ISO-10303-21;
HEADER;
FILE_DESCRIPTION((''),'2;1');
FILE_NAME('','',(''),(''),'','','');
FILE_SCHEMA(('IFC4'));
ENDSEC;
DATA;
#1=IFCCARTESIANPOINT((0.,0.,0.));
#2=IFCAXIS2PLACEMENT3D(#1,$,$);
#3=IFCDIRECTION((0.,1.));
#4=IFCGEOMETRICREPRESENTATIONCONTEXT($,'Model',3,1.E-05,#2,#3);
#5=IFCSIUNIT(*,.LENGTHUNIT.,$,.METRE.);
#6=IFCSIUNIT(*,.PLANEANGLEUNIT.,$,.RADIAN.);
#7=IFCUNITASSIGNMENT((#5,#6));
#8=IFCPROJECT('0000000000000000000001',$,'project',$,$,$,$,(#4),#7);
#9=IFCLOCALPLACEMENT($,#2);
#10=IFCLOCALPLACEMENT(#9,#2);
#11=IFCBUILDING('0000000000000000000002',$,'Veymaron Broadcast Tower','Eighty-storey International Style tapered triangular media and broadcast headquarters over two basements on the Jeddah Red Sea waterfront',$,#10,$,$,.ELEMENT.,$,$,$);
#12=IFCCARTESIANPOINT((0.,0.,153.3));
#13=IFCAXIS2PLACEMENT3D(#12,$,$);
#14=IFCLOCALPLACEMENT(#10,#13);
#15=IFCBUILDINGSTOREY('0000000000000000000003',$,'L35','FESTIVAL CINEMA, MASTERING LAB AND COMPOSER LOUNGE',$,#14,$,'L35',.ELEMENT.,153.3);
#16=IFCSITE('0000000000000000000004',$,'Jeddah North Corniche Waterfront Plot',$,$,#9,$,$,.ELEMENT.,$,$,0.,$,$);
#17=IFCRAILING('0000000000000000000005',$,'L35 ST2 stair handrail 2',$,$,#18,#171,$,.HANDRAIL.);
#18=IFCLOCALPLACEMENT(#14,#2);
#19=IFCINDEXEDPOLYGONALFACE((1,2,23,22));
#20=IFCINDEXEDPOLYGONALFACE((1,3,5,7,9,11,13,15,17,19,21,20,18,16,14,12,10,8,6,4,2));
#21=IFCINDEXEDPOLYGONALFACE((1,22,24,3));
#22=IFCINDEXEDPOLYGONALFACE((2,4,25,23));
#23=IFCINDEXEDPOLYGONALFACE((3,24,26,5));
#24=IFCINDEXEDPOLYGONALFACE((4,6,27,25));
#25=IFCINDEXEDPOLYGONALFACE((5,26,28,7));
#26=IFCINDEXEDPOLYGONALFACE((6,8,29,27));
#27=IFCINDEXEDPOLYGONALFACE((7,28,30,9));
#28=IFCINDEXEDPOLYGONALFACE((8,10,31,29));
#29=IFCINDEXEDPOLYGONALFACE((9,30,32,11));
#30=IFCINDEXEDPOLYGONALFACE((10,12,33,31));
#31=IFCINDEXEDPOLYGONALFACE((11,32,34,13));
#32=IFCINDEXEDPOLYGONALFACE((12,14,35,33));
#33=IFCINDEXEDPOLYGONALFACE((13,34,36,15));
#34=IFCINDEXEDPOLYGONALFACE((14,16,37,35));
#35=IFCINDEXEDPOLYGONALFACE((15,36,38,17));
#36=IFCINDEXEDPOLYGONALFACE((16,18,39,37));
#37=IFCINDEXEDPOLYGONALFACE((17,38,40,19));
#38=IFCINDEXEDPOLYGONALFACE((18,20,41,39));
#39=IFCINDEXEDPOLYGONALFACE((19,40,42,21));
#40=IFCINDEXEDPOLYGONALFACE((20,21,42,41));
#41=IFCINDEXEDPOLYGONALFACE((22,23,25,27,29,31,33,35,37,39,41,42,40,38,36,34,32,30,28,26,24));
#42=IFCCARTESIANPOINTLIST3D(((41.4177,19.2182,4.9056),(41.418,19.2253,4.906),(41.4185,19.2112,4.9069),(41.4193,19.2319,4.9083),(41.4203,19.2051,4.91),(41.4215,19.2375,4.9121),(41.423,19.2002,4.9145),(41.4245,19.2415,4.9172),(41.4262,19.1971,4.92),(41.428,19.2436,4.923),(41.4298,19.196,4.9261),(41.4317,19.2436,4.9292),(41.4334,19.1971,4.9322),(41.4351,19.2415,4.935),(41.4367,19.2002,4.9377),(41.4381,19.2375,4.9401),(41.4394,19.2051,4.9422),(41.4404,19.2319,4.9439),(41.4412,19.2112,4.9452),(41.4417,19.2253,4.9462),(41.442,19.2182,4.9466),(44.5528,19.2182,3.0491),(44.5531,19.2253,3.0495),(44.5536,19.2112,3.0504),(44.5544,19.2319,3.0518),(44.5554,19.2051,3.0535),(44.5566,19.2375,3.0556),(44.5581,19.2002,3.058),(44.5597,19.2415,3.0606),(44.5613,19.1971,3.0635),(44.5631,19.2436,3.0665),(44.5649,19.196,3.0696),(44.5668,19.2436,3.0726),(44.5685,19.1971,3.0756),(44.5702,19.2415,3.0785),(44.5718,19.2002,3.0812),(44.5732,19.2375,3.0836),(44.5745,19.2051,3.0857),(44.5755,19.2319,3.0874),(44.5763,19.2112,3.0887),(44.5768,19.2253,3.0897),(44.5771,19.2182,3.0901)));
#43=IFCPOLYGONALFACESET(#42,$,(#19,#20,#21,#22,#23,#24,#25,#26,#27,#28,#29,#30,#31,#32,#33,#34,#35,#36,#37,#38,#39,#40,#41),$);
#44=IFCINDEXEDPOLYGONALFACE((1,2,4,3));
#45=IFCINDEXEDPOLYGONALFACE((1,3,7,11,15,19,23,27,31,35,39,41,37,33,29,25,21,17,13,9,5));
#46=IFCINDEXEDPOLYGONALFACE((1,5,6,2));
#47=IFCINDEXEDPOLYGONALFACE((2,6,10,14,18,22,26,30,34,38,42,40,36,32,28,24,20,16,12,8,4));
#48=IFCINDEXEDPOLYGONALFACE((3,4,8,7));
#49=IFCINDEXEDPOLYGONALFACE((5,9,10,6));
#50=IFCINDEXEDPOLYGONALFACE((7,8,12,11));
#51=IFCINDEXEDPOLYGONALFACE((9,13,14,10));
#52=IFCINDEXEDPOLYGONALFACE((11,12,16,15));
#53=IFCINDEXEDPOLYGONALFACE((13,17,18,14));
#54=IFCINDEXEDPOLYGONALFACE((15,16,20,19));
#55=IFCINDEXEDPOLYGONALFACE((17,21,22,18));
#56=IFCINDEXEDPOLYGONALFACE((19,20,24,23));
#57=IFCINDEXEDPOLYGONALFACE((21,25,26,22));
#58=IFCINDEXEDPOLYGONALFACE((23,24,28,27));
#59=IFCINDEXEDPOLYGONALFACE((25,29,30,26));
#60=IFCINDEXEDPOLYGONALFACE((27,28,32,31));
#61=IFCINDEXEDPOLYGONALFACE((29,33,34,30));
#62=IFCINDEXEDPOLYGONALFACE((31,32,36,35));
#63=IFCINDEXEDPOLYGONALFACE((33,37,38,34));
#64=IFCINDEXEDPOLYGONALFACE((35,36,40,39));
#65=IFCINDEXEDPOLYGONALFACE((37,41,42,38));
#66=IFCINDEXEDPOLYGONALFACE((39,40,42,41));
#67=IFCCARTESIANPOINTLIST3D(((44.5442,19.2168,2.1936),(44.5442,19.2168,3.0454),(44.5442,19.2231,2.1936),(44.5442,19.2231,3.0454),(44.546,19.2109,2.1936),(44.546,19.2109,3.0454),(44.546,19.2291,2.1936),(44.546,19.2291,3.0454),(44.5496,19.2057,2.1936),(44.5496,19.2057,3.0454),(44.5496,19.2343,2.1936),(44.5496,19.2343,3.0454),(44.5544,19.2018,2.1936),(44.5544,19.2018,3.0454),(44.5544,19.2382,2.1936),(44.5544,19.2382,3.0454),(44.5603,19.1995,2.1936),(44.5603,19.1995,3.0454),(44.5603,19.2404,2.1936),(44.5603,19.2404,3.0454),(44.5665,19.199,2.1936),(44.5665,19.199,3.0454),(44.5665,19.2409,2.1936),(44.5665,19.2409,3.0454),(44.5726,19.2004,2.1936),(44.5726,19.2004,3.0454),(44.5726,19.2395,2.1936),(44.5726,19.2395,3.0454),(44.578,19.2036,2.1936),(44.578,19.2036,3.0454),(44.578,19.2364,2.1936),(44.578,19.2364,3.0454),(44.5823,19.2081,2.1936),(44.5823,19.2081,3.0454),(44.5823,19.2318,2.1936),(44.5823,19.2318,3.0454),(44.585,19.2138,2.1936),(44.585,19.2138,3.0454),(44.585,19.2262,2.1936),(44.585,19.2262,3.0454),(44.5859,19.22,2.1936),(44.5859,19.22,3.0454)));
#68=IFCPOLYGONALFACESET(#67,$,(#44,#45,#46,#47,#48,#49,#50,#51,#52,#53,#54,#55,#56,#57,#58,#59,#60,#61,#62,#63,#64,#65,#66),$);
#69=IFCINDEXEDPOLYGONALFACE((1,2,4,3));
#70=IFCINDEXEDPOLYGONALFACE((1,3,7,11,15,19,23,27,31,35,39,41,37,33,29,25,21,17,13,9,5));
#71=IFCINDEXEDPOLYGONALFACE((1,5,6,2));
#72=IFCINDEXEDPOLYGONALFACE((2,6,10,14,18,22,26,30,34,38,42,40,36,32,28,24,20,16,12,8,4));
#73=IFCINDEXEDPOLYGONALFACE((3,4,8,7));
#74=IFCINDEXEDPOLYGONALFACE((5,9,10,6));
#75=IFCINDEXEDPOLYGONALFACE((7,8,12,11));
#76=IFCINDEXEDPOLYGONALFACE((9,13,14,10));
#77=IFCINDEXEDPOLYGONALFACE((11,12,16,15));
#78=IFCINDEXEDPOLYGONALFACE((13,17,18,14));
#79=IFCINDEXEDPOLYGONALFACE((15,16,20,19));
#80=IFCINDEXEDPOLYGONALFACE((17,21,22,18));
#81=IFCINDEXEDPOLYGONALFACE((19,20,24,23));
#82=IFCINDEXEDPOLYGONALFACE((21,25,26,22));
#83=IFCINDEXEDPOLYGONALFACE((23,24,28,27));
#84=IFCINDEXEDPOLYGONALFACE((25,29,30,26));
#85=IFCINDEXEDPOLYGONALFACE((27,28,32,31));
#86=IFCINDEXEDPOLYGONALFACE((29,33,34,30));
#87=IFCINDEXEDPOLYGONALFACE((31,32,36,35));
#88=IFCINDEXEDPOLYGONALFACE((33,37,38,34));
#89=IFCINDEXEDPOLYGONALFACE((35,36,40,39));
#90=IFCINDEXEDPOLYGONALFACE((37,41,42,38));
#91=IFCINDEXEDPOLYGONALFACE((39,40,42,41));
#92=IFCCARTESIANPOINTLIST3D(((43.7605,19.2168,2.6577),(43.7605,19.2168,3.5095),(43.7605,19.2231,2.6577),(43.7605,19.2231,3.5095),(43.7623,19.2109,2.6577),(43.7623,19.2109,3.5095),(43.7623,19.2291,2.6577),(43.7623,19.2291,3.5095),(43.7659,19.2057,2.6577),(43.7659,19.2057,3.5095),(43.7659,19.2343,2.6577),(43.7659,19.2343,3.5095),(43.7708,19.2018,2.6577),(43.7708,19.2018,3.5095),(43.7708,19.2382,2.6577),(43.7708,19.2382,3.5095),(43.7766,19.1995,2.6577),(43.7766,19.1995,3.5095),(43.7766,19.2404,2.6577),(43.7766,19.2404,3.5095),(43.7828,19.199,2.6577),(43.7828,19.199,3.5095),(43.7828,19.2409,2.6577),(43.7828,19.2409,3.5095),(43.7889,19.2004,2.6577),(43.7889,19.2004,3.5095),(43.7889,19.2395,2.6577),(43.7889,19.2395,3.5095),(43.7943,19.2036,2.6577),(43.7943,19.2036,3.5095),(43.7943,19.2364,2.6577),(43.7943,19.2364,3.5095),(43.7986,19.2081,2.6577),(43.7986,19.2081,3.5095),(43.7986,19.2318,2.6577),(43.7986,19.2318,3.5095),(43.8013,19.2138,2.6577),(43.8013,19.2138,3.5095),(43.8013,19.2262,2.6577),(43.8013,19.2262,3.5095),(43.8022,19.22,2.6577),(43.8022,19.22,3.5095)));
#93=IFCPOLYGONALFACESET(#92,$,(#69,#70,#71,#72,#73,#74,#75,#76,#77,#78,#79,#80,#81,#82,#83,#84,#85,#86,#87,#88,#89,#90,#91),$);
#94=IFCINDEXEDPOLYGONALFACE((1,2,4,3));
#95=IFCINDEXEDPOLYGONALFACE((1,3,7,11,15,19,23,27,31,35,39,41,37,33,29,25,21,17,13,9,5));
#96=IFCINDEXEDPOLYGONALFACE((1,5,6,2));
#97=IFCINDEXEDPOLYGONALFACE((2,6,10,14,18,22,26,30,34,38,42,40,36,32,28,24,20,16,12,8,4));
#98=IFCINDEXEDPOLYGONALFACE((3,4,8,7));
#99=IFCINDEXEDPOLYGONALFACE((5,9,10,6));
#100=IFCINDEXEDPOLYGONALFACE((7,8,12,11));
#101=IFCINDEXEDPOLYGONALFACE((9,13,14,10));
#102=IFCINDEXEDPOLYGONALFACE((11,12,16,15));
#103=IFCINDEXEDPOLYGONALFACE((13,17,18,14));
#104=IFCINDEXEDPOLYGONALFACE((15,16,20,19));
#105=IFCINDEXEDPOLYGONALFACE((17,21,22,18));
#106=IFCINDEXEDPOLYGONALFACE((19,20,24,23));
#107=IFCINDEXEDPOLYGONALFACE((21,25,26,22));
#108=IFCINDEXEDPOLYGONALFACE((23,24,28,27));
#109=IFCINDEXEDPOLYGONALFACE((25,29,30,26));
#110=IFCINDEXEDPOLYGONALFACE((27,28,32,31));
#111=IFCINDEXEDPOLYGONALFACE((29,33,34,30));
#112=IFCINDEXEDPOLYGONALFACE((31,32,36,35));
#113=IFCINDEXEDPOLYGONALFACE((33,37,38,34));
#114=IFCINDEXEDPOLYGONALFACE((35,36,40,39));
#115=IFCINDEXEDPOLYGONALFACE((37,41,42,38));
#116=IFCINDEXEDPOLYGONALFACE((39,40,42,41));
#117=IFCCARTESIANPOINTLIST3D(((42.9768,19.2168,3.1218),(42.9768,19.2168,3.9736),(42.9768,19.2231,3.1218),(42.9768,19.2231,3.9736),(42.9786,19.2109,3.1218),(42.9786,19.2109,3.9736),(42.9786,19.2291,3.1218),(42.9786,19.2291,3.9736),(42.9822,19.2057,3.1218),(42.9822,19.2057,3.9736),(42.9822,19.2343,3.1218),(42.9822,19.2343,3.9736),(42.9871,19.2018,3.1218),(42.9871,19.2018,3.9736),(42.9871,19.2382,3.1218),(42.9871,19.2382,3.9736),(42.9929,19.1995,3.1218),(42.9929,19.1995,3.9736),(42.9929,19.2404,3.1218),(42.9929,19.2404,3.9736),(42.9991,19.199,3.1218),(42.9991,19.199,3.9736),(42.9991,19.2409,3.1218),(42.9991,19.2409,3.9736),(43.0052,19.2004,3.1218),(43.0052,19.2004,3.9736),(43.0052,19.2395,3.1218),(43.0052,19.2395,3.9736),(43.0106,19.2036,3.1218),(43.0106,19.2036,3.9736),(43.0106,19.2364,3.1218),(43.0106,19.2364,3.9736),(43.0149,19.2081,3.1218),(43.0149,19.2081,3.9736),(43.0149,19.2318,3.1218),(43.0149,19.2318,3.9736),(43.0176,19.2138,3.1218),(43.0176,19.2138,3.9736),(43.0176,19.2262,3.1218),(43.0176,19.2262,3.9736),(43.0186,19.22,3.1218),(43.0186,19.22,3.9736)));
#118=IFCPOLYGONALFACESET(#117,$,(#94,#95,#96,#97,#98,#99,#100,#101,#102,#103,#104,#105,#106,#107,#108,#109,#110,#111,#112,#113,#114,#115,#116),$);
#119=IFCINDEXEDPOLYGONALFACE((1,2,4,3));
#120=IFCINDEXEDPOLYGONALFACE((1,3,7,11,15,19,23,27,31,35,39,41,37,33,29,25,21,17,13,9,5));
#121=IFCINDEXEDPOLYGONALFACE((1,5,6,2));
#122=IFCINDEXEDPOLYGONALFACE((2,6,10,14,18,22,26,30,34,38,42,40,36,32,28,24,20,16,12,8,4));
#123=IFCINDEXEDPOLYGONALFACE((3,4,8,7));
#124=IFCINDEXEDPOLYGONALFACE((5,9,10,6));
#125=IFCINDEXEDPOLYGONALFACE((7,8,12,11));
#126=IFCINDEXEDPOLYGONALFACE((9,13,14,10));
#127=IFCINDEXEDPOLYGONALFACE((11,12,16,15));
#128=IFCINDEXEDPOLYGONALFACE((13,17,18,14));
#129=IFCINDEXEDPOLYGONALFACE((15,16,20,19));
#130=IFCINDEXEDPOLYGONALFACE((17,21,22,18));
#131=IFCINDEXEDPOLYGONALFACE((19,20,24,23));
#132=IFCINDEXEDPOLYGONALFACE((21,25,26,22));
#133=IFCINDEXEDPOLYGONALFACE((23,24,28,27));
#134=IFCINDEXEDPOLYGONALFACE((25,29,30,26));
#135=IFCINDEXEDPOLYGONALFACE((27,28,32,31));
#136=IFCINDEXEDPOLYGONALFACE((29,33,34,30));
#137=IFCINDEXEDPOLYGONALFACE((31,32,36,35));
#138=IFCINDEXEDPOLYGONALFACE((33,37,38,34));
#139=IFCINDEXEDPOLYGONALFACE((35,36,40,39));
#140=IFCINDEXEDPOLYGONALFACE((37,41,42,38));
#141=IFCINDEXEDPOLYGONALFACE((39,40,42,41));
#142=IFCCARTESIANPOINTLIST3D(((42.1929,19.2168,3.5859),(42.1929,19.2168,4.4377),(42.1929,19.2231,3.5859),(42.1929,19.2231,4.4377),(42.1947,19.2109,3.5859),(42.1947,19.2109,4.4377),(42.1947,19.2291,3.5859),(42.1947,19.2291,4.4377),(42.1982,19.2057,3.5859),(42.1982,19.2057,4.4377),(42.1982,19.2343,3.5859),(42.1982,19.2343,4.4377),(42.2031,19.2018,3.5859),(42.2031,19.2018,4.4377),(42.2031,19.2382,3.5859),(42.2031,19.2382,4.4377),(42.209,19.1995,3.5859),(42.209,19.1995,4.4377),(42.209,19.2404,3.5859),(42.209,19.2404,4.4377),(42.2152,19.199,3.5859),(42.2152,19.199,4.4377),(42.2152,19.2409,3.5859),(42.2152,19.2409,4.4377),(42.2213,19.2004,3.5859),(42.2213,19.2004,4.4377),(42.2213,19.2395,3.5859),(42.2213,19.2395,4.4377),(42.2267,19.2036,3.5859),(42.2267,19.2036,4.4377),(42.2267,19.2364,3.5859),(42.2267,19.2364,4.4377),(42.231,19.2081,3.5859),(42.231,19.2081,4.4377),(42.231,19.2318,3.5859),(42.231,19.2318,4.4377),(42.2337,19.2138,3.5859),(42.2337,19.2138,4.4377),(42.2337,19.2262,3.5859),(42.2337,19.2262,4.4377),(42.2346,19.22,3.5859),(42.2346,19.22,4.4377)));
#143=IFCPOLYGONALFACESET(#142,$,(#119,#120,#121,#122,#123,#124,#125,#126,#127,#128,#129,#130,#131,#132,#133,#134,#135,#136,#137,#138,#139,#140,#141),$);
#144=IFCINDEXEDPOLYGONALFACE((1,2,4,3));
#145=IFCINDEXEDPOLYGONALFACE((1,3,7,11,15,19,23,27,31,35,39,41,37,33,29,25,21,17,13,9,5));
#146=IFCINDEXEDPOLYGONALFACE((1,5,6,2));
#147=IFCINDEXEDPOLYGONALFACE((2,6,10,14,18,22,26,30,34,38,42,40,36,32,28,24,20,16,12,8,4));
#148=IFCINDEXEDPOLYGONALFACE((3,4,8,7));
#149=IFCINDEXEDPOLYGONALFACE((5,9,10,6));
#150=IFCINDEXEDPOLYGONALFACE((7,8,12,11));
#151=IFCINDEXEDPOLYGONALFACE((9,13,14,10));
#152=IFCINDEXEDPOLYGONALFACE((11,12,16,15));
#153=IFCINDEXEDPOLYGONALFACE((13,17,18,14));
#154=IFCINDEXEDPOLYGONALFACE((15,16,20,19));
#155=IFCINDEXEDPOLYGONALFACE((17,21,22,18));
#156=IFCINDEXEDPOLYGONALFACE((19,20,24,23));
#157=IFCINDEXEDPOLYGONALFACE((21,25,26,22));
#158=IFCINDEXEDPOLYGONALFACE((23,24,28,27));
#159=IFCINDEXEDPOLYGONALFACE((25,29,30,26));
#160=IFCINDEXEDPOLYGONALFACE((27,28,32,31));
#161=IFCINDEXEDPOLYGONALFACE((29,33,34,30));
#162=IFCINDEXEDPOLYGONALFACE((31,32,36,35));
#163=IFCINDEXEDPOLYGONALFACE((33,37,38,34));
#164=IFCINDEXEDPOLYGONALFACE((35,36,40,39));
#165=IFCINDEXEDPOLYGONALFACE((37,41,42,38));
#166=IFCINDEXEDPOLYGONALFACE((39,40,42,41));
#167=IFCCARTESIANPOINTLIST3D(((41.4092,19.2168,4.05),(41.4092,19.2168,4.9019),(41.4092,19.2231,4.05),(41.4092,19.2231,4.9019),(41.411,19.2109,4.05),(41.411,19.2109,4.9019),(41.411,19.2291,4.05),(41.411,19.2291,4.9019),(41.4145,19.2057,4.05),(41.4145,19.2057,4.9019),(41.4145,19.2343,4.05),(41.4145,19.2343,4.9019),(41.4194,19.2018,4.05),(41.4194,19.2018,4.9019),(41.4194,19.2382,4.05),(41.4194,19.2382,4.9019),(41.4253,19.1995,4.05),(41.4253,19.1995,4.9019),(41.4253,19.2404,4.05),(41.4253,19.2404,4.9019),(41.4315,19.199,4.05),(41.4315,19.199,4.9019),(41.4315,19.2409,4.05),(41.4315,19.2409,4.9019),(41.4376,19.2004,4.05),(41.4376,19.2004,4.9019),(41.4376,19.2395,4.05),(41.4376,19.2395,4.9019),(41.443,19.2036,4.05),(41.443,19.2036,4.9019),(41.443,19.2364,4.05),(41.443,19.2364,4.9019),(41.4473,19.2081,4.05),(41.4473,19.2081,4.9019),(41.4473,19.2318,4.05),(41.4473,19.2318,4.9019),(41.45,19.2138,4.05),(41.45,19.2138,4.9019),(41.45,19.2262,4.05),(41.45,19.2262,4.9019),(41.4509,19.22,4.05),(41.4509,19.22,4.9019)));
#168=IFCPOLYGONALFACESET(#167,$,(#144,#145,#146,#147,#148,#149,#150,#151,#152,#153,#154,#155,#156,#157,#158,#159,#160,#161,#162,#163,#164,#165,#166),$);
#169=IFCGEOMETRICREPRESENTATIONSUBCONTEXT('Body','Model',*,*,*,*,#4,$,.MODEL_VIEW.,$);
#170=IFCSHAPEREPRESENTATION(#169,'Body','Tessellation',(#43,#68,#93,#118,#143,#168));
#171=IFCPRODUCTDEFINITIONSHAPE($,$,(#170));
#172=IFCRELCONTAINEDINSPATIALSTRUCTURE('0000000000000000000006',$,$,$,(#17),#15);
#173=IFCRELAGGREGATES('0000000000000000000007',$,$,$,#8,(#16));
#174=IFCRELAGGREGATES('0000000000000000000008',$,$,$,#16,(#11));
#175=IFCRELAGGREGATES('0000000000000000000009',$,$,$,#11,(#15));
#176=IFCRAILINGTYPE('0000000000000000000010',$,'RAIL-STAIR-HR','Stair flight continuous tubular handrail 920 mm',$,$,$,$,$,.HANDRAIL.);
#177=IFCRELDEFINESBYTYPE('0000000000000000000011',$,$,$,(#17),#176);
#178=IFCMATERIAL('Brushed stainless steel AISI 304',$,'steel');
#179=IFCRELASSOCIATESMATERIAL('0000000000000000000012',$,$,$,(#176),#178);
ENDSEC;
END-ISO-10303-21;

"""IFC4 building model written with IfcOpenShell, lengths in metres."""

from ifc_helpers import new_model, si_unit, direction, frame, origin, origin_2d, place, context, subcontext, project, spatial, circle, extrude, material, type_object, element, save


model = new_model("IFC4")

# Units and contexts
model_context = context("Model", 3, precision=1e-05, world=origin(), true_north=direction((0.0, 1.0)))
body_context = subcontext(model_context, "Body", "Model", "MODEL_VIEW")
ifc_project = project(units=[si_unit("LENGTHUNIT", "METRE"), si_unit("PLANEANGLEUNIT", "RADIAN")], contexts=[model_context])

# Site, building, storey
site_placement = place(None, origin())
site = spatial("IfcSite", under=ifc_project, at=site_placement, Name="Jeddah North Corniche Waterfront Plot", CompositionType="ELEMENT", RefElevation=0.0)
building_placement = place(site_placement, origin())
building = spatial("IfcBuilding", under=site, at=building_placement, Name="Veymaron Broadcast Tower", Description="Eighty-storey International Style tapered triangular media and broadcast headquarters over two basements on the Jeddah Red Sea waterfront", CompositionType="ELEMENT")
storey_placement = place(building_placement, frame((0.0, 0.0, 153.3)))
storey = spatial("IfcBuildingStorey", under=building, at=storey_placement, Name="L35", Description="FESTIVAL CINEMA, MASTERING LAB AND COMPOSER LOUNGE", LongName="L35", CompositionType="ELEMENT", Elevation=153.3)

# Railing
ifc_material_1 = material(Name="Brushed stainless steel AISI 304", Category="steel")
railing_type_1 = type_object("IfcRailingType", Name="RAIL-STAIR-HR", Description="Stair flight continuous tubular handrail 920 mm", PredefinedType="HANDRAIL", material=ifc_material_1)
railing_1_placement = place(storey_placement, frame((44.5649, 19.22, 2.1936)))
element("IfcRailing", 1, at=railing_1_placement, inside=storey, type_object=railing_type_1, Name="L35 ST2 stair handrail 2", PredefinedType="HANDRAIL", context=body_context, shape_type="SweptSolid", body=[
    extrude(circle(Radius=0.0239, at=origin_2d()), frame((0.0, 0.0, 0.876), z_axis=(-0.860453, 0.0, 0.509531), x_axis=(0.0, -1.0, 0.0)), (0.0, 0.0, 1.0), 3.6436),
    extrude(circle(Radius=0.021, at=origin_2d()), origin(), (0.0, 0.0, 1.0), 0.8518),
    extrude(circle(Radius=0.021, at=origin_2d()), frame((-0.7837, 0.0, 0.4641)), (0.0, 0.0, 1.0), 0.8518),
    extrude(circle(Radius=0.021, at=origin_2d()), frame((-1.5674, 0.0, 0.9282)), (0.0, 0.0, 1.0), 0.8518),
    extrude(circle(Radius=0.021, at=origin_2d()), frame((-2.3513, 0.0, 1.3923)), (0.0, 0.0, 1.0), 0.8518),
    extrude(circle(Radius=0.021, at=origin_2d()), frame((-3.135, 0.0, 1.8564)), (0.0, 0.0, 1.0), 0.8518),
])

save(model, "model.ifc")
